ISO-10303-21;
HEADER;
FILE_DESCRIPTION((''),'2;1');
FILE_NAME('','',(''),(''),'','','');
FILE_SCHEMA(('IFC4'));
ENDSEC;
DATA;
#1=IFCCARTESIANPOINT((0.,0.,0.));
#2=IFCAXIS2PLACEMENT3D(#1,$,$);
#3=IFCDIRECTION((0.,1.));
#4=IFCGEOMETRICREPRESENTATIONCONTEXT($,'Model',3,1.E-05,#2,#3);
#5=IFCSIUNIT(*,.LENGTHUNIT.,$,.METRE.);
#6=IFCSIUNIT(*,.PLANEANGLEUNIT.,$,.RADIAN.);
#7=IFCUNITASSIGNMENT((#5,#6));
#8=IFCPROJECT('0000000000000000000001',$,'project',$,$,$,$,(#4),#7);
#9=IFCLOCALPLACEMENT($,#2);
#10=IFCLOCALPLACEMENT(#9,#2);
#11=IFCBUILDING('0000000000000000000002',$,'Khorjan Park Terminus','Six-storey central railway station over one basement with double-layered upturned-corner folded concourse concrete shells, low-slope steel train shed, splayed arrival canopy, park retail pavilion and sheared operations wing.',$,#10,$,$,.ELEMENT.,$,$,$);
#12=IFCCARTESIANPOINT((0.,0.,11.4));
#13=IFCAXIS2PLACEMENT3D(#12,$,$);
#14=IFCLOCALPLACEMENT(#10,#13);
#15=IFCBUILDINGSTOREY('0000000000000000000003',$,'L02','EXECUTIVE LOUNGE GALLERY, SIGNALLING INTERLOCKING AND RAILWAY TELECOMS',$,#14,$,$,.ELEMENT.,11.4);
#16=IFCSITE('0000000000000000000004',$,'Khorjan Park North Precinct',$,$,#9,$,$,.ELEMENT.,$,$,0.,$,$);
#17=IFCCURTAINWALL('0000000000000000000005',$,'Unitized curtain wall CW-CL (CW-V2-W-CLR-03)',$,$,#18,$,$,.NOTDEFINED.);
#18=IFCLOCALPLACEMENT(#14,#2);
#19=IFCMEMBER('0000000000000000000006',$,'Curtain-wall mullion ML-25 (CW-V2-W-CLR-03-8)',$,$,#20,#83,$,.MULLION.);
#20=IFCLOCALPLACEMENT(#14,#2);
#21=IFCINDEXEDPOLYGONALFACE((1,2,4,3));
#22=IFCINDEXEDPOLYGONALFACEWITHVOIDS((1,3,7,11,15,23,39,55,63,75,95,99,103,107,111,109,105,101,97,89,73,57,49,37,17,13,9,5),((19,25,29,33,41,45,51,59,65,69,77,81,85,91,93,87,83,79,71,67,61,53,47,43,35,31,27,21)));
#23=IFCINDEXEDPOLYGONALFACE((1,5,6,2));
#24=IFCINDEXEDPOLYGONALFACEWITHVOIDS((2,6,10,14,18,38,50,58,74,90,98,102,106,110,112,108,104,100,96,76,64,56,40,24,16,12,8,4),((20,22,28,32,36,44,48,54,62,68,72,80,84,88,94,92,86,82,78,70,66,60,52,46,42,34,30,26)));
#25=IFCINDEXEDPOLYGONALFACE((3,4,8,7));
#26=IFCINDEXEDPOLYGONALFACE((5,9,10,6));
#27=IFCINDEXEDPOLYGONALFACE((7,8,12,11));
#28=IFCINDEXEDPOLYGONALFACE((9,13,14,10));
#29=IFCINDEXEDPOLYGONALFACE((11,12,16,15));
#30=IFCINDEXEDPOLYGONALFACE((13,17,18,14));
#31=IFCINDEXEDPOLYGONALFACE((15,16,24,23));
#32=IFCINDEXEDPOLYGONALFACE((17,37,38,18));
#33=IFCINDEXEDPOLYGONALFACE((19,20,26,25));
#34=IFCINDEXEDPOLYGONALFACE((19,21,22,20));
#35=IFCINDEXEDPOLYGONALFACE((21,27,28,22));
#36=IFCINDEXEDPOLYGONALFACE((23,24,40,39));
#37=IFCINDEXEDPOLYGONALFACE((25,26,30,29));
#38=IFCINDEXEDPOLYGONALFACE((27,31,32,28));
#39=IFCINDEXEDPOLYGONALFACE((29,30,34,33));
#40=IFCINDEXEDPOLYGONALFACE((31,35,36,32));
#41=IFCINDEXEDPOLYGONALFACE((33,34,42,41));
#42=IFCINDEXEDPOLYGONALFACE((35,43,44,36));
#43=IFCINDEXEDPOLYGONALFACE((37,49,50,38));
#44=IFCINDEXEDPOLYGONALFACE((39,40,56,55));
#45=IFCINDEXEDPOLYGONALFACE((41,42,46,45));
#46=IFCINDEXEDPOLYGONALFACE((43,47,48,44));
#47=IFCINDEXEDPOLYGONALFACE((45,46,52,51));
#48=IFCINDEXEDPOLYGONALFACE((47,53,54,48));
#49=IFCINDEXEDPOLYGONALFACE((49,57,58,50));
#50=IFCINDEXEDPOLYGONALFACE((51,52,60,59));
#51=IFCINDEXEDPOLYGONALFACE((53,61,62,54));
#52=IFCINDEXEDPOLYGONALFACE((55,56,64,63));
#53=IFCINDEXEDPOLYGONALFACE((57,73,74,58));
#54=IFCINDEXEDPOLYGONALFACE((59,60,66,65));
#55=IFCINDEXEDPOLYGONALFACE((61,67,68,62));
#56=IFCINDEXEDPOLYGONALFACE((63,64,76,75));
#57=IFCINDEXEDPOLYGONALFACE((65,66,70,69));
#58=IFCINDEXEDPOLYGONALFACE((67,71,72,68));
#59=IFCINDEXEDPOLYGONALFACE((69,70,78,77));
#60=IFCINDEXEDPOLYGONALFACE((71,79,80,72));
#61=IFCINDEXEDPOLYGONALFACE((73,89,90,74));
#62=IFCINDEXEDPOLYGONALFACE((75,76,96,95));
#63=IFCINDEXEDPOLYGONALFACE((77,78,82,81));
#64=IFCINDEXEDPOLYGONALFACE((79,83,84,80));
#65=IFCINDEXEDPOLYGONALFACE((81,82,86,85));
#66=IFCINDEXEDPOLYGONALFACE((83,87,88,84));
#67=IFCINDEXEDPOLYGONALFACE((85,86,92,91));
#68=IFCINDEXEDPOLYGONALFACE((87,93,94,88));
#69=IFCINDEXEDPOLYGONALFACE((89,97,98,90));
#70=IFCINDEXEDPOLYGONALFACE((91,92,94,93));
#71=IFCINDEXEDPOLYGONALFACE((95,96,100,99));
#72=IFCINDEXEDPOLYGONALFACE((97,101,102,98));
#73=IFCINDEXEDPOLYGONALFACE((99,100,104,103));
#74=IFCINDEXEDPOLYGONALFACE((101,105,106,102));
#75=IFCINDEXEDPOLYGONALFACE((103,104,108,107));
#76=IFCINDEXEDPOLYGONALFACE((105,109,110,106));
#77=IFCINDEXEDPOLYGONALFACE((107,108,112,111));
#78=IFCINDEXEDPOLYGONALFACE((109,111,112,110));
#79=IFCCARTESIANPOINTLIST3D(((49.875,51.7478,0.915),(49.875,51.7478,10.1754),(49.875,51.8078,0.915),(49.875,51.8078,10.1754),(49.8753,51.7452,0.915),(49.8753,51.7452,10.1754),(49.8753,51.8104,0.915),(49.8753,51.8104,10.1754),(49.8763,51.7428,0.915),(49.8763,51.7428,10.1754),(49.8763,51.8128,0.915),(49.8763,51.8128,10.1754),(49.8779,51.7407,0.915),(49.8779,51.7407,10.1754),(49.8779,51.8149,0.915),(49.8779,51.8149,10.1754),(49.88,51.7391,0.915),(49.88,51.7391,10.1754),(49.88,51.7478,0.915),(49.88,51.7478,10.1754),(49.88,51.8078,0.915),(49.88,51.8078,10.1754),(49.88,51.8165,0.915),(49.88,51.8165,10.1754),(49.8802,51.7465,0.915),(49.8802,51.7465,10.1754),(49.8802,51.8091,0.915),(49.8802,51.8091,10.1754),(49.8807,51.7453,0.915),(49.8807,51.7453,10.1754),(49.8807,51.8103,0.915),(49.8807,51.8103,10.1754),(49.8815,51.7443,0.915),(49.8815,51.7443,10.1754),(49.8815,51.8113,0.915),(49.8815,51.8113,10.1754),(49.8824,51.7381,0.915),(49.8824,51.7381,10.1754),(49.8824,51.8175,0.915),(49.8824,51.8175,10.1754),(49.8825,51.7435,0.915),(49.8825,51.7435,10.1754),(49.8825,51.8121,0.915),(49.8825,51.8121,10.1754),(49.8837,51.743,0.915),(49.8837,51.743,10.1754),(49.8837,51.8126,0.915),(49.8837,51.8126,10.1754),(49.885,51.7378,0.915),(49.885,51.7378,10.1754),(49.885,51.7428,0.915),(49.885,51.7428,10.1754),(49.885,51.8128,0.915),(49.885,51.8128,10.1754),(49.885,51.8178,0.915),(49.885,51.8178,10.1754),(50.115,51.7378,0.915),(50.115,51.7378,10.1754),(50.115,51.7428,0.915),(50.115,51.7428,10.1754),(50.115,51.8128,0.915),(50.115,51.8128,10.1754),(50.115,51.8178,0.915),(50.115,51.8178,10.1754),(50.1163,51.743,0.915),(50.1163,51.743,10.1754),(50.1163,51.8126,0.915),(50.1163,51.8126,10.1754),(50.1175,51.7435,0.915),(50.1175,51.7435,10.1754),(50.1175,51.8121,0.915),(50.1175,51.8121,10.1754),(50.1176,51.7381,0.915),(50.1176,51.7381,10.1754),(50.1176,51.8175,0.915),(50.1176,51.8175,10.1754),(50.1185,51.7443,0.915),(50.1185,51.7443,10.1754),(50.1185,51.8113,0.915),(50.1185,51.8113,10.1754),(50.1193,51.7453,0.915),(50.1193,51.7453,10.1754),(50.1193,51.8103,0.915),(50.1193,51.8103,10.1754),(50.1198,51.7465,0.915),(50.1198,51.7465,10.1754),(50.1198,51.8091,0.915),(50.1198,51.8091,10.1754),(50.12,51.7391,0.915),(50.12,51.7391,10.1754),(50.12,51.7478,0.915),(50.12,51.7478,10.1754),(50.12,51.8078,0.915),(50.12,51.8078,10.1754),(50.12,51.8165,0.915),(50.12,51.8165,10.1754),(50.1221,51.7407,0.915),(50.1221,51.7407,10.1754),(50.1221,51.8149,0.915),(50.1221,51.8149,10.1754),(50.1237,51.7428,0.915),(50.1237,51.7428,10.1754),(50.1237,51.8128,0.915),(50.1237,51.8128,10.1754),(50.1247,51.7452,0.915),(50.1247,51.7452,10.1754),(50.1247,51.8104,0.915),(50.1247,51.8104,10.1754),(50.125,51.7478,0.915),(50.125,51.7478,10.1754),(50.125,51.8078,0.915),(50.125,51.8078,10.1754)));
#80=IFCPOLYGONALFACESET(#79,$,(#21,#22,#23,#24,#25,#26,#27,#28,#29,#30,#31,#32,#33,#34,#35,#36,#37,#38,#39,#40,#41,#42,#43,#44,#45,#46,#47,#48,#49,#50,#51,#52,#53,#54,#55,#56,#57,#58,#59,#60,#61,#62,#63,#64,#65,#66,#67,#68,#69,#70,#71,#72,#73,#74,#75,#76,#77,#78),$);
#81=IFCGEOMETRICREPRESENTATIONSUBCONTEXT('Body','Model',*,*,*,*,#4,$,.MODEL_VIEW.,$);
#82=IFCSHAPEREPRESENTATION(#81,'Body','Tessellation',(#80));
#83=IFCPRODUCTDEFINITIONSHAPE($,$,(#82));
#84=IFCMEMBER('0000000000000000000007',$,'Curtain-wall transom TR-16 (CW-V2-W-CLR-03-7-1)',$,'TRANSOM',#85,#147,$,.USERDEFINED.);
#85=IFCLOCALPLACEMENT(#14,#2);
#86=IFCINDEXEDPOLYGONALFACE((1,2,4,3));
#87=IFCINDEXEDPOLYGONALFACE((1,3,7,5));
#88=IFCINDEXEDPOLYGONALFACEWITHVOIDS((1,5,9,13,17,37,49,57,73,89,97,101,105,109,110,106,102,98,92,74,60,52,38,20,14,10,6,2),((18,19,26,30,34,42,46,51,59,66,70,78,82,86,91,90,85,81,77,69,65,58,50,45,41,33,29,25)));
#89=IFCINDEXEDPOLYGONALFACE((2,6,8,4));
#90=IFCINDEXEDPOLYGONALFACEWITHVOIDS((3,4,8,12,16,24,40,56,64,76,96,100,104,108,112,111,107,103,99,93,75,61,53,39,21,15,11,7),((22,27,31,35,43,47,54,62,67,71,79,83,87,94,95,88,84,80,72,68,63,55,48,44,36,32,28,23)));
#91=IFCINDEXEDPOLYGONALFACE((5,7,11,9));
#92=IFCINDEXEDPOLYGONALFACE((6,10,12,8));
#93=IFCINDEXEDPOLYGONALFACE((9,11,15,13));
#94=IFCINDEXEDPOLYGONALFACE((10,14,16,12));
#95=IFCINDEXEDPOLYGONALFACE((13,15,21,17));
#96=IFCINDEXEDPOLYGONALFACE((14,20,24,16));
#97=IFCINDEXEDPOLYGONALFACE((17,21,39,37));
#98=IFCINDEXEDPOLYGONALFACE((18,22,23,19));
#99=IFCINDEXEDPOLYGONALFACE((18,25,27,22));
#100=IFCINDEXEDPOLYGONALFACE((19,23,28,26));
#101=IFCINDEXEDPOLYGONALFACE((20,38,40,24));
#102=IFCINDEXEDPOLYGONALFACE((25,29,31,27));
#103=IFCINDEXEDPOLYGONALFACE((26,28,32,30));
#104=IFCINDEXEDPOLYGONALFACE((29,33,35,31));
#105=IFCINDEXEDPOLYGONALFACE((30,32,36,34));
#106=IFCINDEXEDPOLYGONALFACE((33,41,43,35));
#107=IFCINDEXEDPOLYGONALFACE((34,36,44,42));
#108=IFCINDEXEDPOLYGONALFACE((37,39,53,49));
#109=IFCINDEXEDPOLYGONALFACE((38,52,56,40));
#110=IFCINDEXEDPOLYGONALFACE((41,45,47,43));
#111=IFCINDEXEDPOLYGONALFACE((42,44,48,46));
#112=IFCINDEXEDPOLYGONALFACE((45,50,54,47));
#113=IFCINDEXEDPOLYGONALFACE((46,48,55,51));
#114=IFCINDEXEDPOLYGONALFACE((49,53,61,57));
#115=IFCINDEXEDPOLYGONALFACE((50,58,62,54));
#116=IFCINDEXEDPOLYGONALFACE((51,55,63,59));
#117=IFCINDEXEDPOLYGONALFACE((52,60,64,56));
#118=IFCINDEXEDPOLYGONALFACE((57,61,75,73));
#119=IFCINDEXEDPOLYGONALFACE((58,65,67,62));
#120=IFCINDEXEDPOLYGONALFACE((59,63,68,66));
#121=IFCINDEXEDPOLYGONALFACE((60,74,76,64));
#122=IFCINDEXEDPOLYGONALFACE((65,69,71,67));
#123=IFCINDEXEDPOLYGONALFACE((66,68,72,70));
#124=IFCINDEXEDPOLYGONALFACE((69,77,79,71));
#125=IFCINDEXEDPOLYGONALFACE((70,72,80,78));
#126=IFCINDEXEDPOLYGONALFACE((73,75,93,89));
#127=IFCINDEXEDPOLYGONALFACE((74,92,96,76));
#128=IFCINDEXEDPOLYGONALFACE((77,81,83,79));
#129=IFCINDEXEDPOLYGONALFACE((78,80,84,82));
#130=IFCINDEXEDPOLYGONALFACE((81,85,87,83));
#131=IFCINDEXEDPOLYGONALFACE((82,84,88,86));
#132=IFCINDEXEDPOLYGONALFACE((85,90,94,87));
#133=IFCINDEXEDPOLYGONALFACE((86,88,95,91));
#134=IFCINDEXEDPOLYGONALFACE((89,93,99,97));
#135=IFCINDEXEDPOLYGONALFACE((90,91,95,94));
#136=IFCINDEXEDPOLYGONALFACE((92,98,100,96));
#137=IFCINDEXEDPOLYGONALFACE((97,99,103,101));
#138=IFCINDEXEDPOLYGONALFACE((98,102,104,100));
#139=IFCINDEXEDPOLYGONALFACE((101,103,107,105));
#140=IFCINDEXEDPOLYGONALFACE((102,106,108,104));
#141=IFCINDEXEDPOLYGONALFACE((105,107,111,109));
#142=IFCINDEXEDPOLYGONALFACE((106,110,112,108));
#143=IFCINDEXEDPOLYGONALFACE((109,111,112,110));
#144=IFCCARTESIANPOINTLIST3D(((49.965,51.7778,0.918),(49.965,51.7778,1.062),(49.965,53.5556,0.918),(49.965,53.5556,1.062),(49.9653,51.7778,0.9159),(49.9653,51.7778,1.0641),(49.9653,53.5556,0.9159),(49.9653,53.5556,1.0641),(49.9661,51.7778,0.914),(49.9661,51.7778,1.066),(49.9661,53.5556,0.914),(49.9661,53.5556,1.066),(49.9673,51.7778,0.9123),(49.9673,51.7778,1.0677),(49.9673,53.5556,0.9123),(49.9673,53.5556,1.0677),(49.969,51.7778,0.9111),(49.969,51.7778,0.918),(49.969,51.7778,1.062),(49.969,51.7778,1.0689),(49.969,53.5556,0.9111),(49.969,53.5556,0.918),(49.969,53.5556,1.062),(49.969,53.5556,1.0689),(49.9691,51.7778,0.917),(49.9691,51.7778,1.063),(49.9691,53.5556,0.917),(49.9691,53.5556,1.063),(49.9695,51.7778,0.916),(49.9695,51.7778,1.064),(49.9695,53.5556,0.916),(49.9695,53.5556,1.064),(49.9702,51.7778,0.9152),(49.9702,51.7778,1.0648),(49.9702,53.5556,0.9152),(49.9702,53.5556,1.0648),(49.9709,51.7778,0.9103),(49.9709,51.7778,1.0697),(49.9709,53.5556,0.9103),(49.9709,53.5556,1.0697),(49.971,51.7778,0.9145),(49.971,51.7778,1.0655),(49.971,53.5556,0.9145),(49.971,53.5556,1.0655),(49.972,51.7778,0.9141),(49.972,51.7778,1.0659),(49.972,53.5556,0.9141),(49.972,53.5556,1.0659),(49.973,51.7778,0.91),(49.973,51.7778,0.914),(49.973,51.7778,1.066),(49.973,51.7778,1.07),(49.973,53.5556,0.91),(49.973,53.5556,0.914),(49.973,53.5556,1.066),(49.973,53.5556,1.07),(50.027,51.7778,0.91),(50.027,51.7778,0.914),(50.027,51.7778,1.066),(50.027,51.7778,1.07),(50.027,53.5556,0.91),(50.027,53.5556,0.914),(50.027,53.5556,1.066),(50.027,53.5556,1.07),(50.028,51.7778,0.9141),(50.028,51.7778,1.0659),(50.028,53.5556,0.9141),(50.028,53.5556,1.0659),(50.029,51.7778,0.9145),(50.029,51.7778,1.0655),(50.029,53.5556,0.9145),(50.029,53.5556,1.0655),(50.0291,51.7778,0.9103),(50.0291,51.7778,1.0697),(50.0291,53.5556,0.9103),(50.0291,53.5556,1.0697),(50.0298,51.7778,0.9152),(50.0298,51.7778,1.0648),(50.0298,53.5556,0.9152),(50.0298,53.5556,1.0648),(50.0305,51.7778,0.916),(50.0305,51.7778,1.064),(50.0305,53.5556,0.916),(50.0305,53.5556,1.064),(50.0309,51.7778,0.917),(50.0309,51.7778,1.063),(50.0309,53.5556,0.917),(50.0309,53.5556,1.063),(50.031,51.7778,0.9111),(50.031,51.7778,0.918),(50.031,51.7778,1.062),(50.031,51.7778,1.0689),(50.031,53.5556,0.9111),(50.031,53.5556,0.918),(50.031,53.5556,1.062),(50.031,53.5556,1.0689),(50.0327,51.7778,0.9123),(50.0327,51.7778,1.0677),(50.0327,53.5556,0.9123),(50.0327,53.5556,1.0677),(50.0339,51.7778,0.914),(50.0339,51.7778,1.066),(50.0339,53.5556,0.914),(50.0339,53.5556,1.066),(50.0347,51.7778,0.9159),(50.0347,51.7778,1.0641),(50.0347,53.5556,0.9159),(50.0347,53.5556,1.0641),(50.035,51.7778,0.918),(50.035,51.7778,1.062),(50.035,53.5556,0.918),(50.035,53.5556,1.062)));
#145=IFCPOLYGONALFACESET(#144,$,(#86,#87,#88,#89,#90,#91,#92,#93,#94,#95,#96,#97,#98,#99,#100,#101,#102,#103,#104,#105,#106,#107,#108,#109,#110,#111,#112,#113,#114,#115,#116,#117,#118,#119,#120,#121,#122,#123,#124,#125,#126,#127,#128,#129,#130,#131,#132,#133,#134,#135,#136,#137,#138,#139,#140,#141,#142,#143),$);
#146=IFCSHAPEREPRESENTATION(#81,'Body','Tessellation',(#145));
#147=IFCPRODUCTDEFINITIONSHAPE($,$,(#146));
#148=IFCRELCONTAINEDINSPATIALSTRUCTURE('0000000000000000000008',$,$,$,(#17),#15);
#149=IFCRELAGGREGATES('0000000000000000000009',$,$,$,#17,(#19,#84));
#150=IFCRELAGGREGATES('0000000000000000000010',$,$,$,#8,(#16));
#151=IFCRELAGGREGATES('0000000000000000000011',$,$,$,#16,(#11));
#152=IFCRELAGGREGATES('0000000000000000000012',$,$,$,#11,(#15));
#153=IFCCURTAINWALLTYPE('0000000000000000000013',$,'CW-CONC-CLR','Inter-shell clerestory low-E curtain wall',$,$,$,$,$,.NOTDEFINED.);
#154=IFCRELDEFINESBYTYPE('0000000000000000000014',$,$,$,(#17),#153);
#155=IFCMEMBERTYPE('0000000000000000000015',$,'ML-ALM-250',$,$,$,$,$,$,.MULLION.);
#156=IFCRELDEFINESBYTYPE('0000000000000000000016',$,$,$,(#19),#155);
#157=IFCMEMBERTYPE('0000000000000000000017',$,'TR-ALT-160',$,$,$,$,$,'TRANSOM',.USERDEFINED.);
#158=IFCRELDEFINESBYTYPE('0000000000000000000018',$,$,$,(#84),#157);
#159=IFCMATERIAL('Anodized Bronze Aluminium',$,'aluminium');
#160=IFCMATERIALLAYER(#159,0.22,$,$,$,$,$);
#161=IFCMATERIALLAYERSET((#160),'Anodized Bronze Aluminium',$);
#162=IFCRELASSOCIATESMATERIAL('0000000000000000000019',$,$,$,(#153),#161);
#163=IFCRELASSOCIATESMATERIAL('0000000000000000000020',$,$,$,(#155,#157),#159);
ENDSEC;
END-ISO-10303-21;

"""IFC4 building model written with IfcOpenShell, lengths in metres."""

from ifc_helpers import new_model, si_unit, direction, frame, origin, origin_2d, place, context, subcontext, project, spatial, hollow_rectangle, extrude, material, layer, layer_set, material_profile, profile_set, type_object, element, aggregate, save


model = new_model("IFC4")

# Units and contexts
model_context = context("Model", 3, precision=1e-05, world=origin(), true_north=direction((0.0, 1.0)))
body_context = subcontext(model_context, "Body", "Model", "MODEL_VIEW")
ifc_project = project(units=[si_unit("LENGTHUNIT", "METRE"), si_unit("PLANEANGLEUNIT", "RADIAN")], contexts=[model_context])

# Site, building, storey
site_placement = place(None, origin())
site = spatial("IfcSite", under=ifc_project, at=site_placement, Name="Khorjan Park North Precinct", CompositionType="ELEMENT", RefElevation=0.0)
building_placement = place(site_placement, origin())
building = spatial("IfcBuilding", under=site, at=building_placement, Name="Khorjan Park Terminus", Description="Six-storey central railway station over one basement with double-layered upturned-corner folded concourse concrete shells, low-slope steel train shed, splayed arrival canopy, park retail pavilion and sheared operations wing.", CompositionType="ELEMENT")
storey_placement = place(building_placement, frame((0.0, 0.0, 11.4)))
storey = spatial("IfcBuildingStorey", under=building, at=storey_placement, Name="L02", Description="EXECUTIVE LOUNGE GALLERY, SIGNALLING INTERLOCKING AND RAILWAY TELECOMS", CompositionType="ELEMENT", Elevation=11.4)

# Curtain wall, members
ifc_material_1 = material(Name="Anodized Bronze Aluminium", Category="aluminium")
ifc_layer_1 = layer(ifc_material_1, 0.22)
ifc_layer_set_1 = layer_set([ifc_layer_1], Name="Anodized Bronze Aluminium")
curtain_wall_type = type_object("IfcCurtainWallType", Name="CW-CONC-CLR", Description="Inter-shell clerestory low-E curtain wall", PredefinedType="NOTDEFINED", material=ifc_layer_set_1)
curtain_wall_placement = place(storey_placement, origin())
curtain_wall = element("IfcCurtainWall", 1, at=curtain_wall_placement, inside=storey, type_object=curtain_wall_type, Name="Unitized curtain wall CW-CL (CW-V2-W-CLR-03)", PredefinedType="NOTDEFINED")
ifc_material_profile_1 = material_profile(ifc_material_1, hollow_rectangle(XDim=0.08, YDim=0.25, WallThickness=0.005, InnerFilletRadius=0.005, OuterFilletRadius=0.01, at=origin_2d()), Name="ALM 80x250x5")
ifc_profile_set_1 = profile_set([ifc_material_profile_1], Name="Anodized Bronze Aluminium")
member_type_1 = type_object("IfcMemberType", Name="ML-ALM-250", PredefinedType="MULLION", material=ifc_profile_set_1)
member_1_placement = place(storey_placement, frame((50.0, 51.7778, 0.915), z_axis=(0.0, 0.0, 1.0), x_axis=(0.0, -1.0, 0.0)))
member_1 = element("IfcMember", 2, at=member_1_placement, type_object=member_type_1, Name="Curtain-wall mullion ML-25 (CW-V2-W-CLR-03-8)", PredefinedType="MULLION", context=body_context, shape_type="SweptSolid", body=[
    extrude(hollow_rectangle(XDim=0.08, YDim=0.25, WallThickness=0.005, InnerFilletRadius=0.005, OuterFilletRadius=0.01, at=origin_2d()), origin(), (0.0, 0.0, 1.0), 9.2604),
])
ifc_material_profile_2 = material_profile(ifc_material_1, hollow_rectangle(XDim=0.07, YDim=0.16, WallThickness=0.004, InnerFilletRadius=0.004, OuterFilletRadius=0.008, at=origin_2d()), Name="ALT 70x160x4")
ifc_profile_set_2 = profile_set([ifc_material_profile_2], Name="Anodized Bronze Aluminium")
member_type_2 = type_object("IfcMemberType", Name="TR-ALT-160", ElementType="TRANSOM", PredefinedType="USERDEFINED", material=ifc_profile_set_2)
member_2_placement = place(storey_placement, frame((50.0, 53.5556, 0.99), z_axis=(0.0, -1.0, 0.0), x_axis=(1.0, 0.0, 0.0)))
member_2 = element("IfcMember", 3, at=member_2_placement, type_object=member_type_2, Name="Curtain-wall transom TR-16 (CW-V2-W-CLR-03-7-1)", ObjectType="TRANSOM", PredefinedType="USERDEFINED", context=body_context, shape_type="SweptSolid", body=[
    extrude(hollow_rectangle(XDim=0.07, YDim=0.16, WallThickness=0.004, InnerFilletRadius=0.004, OuterFilletRadius=0.008, at=origin_2d()), origin(), (0.0, 0.0, 1.0), 1.7778),
])

aggregate(curtain_wall, [member_1, member_2])

save(model, "model.ifc")
